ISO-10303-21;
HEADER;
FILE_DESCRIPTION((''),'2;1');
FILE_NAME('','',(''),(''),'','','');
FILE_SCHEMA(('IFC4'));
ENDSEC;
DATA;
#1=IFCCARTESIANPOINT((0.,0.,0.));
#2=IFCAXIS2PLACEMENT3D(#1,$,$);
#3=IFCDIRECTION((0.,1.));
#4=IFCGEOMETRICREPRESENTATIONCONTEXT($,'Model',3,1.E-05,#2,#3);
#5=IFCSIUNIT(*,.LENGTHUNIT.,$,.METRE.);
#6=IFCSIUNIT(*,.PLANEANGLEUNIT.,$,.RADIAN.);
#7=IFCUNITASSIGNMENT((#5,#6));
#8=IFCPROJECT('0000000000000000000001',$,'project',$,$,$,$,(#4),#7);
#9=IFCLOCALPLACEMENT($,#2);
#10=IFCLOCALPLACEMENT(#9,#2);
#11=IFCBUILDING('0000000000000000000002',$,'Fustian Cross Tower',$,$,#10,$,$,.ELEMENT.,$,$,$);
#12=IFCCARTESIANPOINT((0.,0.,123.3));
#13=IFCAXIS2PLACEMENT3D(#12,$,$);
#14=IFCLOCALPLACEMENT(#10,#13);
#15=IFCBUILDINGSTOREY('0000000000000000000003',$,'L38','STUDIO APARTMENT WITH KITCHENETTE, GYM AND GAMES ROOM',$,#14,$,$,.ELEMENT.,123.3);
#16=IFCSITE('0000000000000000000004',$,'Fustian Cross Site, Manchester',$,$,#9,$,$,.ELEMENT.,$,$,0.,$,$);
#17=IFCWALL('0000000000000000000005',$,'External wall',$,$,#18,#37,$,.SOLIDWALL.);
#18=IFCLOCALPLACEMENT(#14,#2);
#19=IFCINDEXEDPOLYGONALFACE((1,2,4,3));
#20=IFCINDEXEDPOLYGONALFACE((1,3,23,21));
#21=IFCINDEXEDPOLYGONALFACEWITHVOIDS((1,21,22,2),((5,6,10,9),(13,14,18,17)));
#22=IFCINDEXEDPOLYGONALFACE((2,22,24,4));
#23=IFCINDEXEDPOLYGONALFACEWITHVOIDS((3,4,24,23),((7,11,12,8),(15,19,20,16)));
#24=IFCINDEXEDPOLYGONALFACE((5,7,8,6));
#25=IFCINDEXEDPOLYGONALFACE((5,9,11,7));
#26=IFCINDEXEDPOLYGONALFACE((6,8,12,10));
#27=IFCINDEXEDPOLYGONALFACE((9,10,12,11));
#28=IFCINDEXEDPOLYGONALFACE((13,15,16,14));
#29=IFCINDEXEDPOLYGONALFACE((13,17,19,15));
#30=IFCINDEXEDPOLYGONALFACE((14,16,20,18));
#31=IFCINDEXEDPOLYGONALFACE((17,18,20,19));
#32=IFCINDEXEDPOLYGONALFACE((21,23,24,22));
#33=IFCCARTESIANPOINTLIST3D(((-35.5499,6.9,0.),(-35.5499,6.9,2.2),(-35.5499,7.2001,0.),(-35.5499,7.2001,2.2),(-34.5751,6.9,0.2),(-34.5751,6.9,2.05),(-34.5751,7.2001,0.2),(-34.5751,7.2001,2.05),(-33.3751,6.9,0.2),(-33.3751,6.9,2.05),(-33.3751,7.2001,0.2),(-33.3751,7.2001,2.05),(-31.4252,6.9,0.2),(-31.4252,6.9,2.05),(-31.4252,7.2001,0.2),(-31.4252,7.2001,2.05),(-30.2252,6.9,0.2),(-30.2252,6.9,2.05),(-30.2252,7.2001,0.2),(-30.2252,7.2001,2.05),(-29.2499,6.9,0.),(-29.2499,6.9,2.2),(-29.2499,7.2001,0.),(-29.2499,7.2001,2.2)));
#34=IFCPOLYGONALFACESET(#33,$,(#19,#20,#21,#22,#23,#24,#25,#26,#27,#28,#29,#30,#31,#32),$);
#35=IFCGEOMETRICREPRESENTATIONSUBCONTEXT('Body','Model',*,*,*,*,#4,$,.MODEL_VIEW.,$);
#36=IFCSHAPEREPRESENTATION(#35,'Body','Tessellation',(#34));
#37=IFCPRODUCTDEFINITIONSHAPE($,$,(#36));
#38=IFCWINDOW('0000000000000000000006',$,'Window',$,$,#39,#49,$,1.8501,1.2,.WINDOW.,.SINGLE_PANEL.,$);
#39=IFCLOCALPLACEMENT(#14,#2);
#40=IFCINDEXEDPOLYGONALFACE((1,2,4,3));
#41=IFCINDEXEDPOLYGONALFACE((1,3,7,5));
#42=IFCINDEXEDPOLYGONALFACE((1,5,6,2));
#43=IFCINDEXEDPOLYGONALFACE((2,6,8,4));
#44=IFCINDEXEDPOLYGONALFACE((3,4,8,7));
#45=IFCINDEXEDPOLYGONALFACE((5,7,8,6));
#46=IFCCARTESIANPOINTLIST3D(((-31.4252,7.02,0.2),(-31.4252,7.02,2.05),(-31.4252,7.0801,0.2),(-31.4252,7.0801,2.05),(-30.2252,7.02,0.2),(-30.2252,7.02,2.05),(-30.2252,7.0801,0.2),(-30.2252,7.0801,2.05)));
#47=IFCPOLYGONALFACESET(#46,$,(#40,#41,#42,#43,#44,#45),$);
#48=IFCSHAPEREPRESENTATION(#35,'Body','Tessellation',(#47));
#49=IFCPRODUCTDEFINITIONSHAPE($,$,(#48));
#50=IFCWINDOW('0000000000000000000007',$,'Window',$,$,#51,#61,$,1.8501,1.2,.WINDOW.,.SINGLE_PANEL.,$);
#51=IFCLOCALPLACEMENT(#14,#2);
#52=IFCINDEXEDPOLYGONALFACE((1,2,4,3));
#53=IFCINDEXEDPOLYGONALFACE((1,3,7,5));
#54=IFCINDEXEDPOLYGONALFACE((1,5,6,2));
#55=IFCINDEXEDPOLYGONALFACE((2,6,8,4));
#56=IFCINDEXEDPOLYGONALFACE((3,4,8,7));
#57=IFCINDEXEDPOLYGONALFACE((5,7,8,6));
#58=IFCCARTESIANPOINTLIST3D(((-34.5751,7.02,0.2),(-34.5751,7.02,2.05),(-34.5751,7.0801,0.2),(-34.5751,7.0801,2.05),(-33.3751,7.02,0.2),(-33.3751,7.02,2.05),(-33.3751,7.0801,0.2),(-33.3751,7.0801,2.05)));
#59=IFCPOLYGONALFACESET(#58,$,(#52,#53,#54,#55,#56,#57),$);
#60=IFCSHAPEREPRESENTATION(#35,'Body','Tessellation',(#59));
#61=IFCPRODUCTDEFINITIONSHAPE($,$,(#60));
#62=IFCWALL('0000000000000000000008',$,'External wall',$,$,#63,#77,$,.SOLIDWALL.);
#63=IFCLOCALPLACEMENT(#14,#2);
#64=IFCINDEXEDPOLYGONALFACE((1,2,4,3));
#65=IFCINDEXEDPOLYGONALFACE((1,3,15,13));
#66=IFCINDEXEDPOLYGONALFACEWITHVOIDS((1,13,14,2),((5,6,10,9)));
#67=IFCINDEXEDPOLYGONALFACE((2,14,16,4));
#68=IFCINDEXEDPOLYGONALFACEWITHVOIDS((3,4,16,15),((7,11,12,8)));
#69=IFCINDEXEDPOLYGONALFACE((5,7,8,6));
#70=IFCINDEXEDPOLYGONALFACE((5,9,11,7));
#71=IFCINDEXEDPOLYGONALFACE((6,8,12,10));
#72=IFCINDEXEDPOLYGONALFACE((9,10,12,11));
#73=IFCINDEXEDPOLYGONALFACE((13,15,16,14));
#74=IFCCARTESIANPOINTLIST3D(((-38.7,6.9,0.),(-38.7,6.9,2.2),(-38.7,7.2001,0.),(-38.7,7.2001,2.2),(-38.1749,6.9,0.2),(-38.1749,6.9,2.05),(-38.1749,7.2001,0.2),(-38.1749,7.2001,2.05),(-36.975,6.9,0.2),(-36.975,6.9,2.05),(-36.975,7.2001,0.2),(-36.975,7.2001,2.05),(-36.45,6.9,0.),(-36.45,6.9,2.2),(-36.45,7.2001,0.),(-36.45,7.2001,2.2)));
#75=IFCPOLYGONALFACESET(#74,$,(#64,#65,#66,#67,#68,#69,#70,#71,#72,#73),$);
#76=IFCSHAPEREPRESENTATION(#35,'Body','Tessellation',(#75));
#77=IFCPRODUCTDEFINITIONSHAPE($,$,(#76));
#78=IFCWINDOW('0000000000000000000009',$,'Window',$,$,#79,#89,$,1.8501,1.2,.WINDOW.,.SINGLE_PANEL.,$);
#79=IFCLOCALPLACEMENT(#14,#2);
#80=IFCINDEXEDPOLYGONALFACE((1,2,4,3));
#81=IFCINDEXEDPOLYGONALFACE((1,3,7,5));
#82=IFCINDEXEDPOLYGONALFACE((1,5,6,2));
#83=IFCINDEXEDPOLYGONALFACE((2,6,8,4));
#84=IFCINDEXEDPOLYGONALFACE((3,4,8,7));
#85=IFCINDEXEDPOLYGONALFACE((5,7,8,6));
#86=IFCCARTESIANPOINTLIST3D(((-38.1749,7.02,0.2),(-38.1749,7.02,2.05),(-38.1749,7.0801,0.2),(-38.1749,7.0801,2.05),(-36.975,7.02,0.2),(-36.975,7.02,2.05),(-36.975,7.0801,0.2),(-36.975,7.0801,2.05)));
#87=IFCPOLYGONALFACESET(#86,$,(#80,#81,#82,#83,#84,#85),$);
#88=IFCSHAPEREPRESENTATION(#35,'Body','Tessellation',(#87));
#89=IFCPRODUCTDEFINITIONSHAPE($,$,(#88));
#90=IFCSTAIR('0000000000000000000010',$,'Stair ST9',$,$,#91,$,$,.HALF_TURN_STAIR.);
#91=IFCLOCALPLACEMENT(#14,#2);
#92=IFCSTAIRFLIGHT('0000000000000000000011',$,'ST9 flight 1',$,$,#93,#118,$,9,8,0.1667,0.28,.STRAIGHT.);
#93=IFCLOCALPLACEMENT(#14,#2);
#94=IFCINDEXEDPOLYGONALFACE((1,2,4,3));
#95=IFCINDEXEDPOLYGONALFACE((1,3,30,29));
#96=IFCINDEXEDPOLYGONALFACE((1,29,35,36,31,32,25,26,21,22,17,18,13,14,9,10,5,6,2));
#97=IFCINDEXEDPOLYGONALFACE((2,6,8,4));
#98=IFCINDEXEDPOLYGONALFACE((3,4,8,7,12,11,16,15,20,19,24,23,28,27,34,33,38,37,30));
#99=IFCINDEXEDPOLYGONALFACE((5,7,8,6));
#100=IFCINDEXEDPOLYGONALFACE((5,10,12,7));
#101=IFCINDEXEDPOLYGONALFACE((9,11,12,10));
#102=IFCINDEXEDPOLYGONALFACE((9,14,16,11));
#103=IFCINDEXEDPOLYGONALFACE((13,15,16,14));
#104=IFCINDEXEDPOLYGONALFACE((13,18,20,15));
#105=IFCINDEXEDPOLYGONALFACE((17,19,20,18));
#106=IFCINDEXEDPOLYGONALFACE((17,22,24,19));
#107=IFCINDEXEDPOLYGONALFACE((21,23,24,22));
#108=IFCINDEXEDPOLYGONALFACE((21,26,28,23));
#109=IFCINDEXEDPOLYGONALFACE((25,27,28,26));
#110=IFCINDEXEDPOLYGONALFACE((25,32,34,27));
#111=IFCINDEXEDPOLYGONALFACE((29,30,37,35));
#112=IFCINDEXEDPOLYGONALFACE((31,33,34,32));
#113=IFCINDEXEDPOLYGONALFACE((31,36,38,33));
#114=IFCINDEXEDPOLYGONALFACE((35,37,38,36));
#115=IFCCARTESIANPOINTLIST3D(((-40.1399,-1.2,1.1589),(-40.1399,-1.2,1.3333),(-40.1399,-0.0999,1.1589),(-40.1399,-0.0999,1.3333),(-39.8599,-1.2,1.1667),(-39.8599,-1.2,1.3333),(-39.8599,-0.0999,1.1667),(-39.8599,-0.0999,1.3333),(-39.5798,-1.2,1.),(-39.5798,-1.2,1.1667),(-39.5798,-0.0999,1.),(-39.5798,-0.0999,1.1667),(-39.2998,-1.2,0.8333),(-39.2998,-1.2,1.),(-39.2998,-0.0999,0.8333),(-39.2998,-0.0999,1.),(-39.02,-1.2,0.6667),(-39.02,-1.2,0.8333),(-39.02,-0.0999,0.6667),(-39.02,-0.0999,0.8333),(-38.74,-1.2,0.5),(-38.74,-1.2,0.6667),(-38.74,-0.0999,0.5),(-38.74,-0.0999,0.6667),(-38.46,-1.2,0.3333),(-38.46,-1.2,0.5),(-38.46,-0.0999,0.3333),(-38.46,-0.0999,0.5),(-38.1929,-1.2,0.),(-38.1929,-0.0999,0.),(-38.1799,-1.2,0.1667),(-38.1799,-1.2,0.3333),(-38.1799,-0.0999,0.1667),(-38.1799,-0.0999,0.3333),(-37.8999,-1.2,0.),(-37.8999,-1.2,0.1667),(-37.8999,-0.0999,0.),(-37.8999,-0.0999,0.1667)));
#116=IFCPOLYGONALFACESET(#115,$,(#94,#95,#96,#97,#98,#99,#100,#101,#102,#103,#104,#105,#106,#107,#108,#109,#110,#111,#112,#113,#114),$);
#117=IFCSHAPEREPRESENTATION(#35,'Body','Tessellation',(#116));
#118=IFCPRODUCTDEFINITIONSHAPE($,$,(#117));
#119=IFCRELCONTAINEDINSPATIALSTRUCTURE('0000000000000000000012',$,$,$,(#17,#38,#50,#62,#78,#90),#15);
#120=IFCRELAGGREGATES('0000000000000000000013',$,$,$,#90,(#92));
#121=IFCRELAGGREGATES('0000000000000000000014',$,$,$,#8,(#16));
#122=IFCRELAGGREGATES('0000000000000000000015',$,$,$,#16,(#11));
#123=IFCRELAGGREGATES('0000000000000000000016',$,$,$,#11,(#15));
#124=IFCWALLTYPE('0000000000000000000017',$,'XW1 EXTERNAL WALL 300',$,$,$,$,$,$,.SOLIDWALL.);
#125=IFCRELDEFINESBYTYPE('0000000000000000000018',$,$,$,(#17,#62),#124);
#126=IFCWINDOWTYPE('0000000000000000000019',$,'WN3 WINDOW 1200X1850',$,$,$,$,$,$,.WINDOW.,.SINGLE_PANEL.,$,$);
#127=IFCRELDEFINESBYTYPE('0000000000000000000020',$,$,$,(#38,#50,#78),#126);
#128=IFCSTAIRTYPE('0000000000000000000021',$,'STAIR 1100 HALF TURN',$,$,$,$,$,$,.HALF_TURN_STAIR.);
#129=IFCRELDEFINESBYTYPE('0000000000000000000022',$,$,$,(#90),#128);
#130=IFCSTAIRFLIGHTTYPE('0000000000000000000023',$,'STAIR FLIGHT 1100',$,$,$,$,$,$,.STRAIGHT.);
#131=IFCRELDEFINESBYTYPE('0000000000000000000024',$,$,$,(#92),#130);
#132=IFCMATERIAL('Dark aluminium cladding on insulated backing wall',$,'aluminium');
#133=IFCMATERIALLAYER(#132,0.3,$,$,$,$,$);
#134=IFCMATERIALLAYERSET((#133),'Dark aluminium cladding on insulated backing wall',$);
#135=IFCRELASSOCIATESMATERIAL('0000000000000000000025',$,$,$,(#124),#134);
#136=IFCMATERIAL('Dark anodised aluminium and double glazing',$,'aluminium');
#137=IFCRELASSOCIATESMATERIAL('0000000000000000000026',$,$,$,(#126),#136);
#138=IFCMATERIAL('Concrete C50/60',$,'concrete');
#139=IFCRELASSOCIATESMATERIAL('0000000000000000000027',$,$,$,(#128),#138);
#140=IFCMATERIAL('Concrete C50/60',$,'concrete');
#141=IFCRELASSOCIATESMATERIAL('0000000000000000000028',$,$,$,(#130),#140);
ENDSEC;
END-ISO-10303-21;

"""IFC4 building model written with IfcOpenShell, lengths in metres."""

from ifc_helpers import new_model, si_unit, direction, frame, frame_2d, origin, place, context, subcontext, project, spatial, polyline, rectangle, outline, extrude, material, layer, layer_set, type_object, element, fill, aggregate, save


model = new_model("IFC4")

# Units and contexts
model_context = context("Model", 3, precision=1e-05, world=origin(), true_north=direction((0.0, 1.0)))
body_context = subcontext(model_context, "Body", "Model", "MODEL_VIEW")
ifc_project = project(units=[si_unit("LENGTHUNIT", "METRE"), si_unit("PLANEANGLEUNIT", "RADIAN")], contexts=[model_context])

# Site, building, storey
site_placement = place(None, origin())
site = spatial("IfcSite", under=ifc_project, at=site_placement, Name="Fustian Cross Site, Manchester", CompositionType="ELEMENT", RefElevation=0.0)
building_placement = place(site_placement, origin())
building = spatial("IfcBuilding", under=site, at=building_placement, Name="Fustian Cross Tower", CompositionType="ELEMENT")
storey_placement = place(building_placement, frame((0.0, 0.0, 123.3)))
storey = spatial("IfcBuildingStorey", under=building, at=storey_placement, Name="L38", Description="STUDIO APARTMENT WITH KITCHENETTE, GYM AND GAMES ROOM", CompositionType="ELEMENT", Elevation=123.3)

# Wall, openings, windows
ifc_material_1 = material(Name="Dark aluminium cladding on insulated backing wall", Category="aluminium")
ifc_layer_1 = layer(ifc_material_1, 0.3)
ifc_layer_set_1 = layer_set([ifc_layer_1], Name="Dark aluminium cladding on insulated backing wall")
wall_type_1 = type_object("IfcWallType", Name="XW1 EXTERNAL WALL 300", PredefinedType="SOLIDWALL", material=ifc_layer_set_1)
wall_1_placement = place(storey_placement, frame((-29.25, 7.05, 0.0), z_axis=(0.0, 0.0, 1.0), x_axis=(-1.0, 0.0, 0.0)))
wall_1 = element("IfcWall", 1, at=wall_1_placement, inside=storey, type_object=wall_type_1, Name="External wall", PredefinedType="SOLIDWALL", context=body_context, shape_type="SweptSolid", body=[
    extrude(rectangle(XDim=6.3, YDim=0.3, at=frame_2d((3.1499, 0.0))), origin(), (0.0, 0.0, 1.0), 2.2),
])
opening_1_placement = place(wall_1_placement, frame((0.9751, 0.0, 0.2)))
opening_1 = element("IfcOpeningElement", 2, at=opening_1_placement, cuts=wall_1, PredefinedType="OPENING", context=body_context, shape_type="SweptSolid", body=[
    extrude(rectangle(XDim=1.2, YDim=1.8501, at=frame_2d((0.6001, 0.925))), frame((0.0, 0.1599, 0.0), z_axis=(0.0, -1.0, 0.0), x_axis=(1.0, 0.0, 0.0)), (0.0, 0.0, 1.0), 0.3201),
])
opening_2_placement = place(wall_1_placement, frame((4.125, 0.0, 0.2)))
opening_2 = element("IfcOpeningElement", 3, at=opening_2_placement, cuts=wall_1, PredefinedType="OPENING", context=body_context, shape_type="SweptSolid", body=[
    extrude(rectangle(XDim=1.2, YDim=1.8501, at=frame_2d((0.6001, 0.925))), frame((0.0, 0.1599, 0.0), z_axis=(0.0, -1.0, 0.0), x_axis=(1.0, 0.0, 0.0)), (0.0, 0.0, 1.0), 0.3201),
])
ifc_material_2 = material(Name="Dark anodised aluminium and double glazing", Category="aluminium")
window_type = type_object("IfcWindowType", Name="WN3 WINDOW 1200X1850", PartitioningType="SINGLE_PANEL", PredefinedType="WINDOW", material=ifc_material_2)
window_1_placement = place(opening_1_placement, origin())
window_1 = element("IfcWindow", 4, at=window_1_placement, inside=storey, type_object=window_type, Name="Window", OverallHeight=1.8501, OverallWidth=1.2, PartitioningType="SINGLE_PANEL", PredefinedType="WINDOW", context=body_context, shape_type="SweptSolid", body=[
    extrude(rectangle(XDim=1.2, YDim=1.8501, at=frame_2d((0.6001, 0.925))), frame((0.0, 0.03, 0.0), z_axis=(0.0, -1.0, 0.0), x_axis=(1.0, 0.0, 0.0)), (0.0, 0.0, 1.0), 0.0601),
])
fill(opening_1, window_1)
window_2_placement = place(opening_2_placement, origin())
window_2 = element("IfcWindow", 5, at=window_2_placement, inside=storey, type_object=window_type, Name="Window", OverallHeight=1.8501, OverallWidth=1.2, PartitioningType="SINGLE_PANEL", PredefinedType="WINDOW", context=body_context, shape_type="SweptSolid", body=[
    extrude(rectangle(XDim=1.2, YDim=1.8501, at=frame_2d((0.6001, 0.925))), frame((0.0, 0.03, 0.0), z_axis=(0.0, -1.0, 0.0), x_axis=(1.0, 0.0, 0.0)), (0.0, 0.0, 1.0), 0.0601),
])
fill(opening_2, window_2)

# Wall, opening, window
wall_2_placement = place(storey_placement, frame((-36.45, 7.05, 0.0), z_axis=(0.0, 0.0, 1.0), x_axis=(-1.0, 0.0, 0.0)))
wall_2 = element("IfcWall", 6, at=wall_2_placement, inside=storey, type_object=wall_type_1, Name="External wall", PredefinedType="SOLIDWALL", context=body_context, shape_type="SweptSolid", body=[
    extrude(rectangle(XDim=2.25, YDim=0.3, at=frame_2d((1.125, 0.0))), origin(), (0.0, 0.0, 1.0), 2.2),
])
opening_3_placement = place(wall_2_placement, frame((0.5249, 0.0, 0.2)))
opening_3 = element("IfcOpeningElement", 7, at=opening_3_placement, cuts=wall_2, PredefinedType="OPENING", context=body_context, shape_type="SweptSolid", body=[
    extrude(rectangle(XDim=1.2, YDim=1.8501, at=frame_2d((0.6001, 0.925))), frame((0.0, 0.1599, 0.0), z_axis=(0.0, -1.0, 0.0), x_axis=(1.0, 0.0, 0.0)), (0.0, 0.0, 1.0), 0.3201),
])
window_3_placement = place(opening_3_placement, origin())
window_3 = element("IfcWindow", 8, at=window_3_placement, inside=storey, type_object=window_type, Name="Window", OverallHeight=1.8501, OverallWidth=1.2, PartitioningType="SINGLE_PANEL", PredefinedType="WINDOW", context=body_context, shape_type="SweptSolid", body=[
    extrude(rectangle(XDim=1.2, YDim=1.8501, at=frame_2d((0.6001, 0.925))), frame((0.0, 0.03, 0.0), z_axis=(0.0, -1.0, 0.0), x_axis=(1.0, 0.0, 0.0)), (0.0, 0.0, 1.0), 0.0601),
])
fill(opening_3, window_3)

# Stair, stair flight
ifc_material_3 = material(Name="Concrete C50/60", Category="concrete")
stair_type = type_object("IfcStairType", Name="STAIR 1100 HALF TURN", PredefinedType="HALF_TURN_STAIR", material=ifc_material_3)
stair_placement = place(storey_placement, origin())
stair = element("IfcStair", 9, at=stair_placement, inside=storey, type_object=stair_type, Name="Stair ST9", PredefinedType="HALF_TURN_STAIR")
ifc_material_4 = material(Name="Concrete C50/60", Category="concrete")
stair_flight_type = type_object("IfcStairFlightType", Name="STAIR FLIGHT 1100", PredefinedType="STRAIGHT", material=ifc_material_4)
stair_flight_placement = place(storey_placement, frame((-37.8999, -0.6499, 0.0), z_axis=(0.0, 0.0, 1.0), x_axis=(-1.0, 0.0, 0.0)))
stair_flight = element("IfcStairFlight", 10, at=stair_flight_placement, type_object=stair_flight_type, Name="ST9 flight 1", NumberOfRisers=9, NumberOfTreads=8, PredefinedType="STRAIGHT", RiserHeight=0.1667, TreadLength=0.28, context=body_context, shape_type="SweptSolid", body=[
    extrude(outline(polyline([(0.0, 0.0), (0.0, 0.1667), (0.28, 0.1667), (0.28, 0.3333), (0.5601, 0.3333), (0.5601, 0.5), (0.8401, 0.5), (0.8401, 0.6667), (1.1201, 0.6667), (1.1201, 0.8333), (1.3999, 0.8333), (1.3999, 1.0), (1.6799, 1.0), (1.6799, 1.1667), (1.96, 1.1667), (1.96, 1.3333), (2.24, 1.3333), (2.24, 1.5), (2.24, 1.1589), (0.293, 0.0), (0.0, 0.0)])), frame((0.0, 0.55, 0.0), z_axis=(0.0, -1.0, 0.0), x_axis=(1.0, 0.0, 0.0)), (0.0, 0.0, 1.0), 1.1001),
])
aggregate(stair, [stair_flight])

save(model, "model.ifc")
